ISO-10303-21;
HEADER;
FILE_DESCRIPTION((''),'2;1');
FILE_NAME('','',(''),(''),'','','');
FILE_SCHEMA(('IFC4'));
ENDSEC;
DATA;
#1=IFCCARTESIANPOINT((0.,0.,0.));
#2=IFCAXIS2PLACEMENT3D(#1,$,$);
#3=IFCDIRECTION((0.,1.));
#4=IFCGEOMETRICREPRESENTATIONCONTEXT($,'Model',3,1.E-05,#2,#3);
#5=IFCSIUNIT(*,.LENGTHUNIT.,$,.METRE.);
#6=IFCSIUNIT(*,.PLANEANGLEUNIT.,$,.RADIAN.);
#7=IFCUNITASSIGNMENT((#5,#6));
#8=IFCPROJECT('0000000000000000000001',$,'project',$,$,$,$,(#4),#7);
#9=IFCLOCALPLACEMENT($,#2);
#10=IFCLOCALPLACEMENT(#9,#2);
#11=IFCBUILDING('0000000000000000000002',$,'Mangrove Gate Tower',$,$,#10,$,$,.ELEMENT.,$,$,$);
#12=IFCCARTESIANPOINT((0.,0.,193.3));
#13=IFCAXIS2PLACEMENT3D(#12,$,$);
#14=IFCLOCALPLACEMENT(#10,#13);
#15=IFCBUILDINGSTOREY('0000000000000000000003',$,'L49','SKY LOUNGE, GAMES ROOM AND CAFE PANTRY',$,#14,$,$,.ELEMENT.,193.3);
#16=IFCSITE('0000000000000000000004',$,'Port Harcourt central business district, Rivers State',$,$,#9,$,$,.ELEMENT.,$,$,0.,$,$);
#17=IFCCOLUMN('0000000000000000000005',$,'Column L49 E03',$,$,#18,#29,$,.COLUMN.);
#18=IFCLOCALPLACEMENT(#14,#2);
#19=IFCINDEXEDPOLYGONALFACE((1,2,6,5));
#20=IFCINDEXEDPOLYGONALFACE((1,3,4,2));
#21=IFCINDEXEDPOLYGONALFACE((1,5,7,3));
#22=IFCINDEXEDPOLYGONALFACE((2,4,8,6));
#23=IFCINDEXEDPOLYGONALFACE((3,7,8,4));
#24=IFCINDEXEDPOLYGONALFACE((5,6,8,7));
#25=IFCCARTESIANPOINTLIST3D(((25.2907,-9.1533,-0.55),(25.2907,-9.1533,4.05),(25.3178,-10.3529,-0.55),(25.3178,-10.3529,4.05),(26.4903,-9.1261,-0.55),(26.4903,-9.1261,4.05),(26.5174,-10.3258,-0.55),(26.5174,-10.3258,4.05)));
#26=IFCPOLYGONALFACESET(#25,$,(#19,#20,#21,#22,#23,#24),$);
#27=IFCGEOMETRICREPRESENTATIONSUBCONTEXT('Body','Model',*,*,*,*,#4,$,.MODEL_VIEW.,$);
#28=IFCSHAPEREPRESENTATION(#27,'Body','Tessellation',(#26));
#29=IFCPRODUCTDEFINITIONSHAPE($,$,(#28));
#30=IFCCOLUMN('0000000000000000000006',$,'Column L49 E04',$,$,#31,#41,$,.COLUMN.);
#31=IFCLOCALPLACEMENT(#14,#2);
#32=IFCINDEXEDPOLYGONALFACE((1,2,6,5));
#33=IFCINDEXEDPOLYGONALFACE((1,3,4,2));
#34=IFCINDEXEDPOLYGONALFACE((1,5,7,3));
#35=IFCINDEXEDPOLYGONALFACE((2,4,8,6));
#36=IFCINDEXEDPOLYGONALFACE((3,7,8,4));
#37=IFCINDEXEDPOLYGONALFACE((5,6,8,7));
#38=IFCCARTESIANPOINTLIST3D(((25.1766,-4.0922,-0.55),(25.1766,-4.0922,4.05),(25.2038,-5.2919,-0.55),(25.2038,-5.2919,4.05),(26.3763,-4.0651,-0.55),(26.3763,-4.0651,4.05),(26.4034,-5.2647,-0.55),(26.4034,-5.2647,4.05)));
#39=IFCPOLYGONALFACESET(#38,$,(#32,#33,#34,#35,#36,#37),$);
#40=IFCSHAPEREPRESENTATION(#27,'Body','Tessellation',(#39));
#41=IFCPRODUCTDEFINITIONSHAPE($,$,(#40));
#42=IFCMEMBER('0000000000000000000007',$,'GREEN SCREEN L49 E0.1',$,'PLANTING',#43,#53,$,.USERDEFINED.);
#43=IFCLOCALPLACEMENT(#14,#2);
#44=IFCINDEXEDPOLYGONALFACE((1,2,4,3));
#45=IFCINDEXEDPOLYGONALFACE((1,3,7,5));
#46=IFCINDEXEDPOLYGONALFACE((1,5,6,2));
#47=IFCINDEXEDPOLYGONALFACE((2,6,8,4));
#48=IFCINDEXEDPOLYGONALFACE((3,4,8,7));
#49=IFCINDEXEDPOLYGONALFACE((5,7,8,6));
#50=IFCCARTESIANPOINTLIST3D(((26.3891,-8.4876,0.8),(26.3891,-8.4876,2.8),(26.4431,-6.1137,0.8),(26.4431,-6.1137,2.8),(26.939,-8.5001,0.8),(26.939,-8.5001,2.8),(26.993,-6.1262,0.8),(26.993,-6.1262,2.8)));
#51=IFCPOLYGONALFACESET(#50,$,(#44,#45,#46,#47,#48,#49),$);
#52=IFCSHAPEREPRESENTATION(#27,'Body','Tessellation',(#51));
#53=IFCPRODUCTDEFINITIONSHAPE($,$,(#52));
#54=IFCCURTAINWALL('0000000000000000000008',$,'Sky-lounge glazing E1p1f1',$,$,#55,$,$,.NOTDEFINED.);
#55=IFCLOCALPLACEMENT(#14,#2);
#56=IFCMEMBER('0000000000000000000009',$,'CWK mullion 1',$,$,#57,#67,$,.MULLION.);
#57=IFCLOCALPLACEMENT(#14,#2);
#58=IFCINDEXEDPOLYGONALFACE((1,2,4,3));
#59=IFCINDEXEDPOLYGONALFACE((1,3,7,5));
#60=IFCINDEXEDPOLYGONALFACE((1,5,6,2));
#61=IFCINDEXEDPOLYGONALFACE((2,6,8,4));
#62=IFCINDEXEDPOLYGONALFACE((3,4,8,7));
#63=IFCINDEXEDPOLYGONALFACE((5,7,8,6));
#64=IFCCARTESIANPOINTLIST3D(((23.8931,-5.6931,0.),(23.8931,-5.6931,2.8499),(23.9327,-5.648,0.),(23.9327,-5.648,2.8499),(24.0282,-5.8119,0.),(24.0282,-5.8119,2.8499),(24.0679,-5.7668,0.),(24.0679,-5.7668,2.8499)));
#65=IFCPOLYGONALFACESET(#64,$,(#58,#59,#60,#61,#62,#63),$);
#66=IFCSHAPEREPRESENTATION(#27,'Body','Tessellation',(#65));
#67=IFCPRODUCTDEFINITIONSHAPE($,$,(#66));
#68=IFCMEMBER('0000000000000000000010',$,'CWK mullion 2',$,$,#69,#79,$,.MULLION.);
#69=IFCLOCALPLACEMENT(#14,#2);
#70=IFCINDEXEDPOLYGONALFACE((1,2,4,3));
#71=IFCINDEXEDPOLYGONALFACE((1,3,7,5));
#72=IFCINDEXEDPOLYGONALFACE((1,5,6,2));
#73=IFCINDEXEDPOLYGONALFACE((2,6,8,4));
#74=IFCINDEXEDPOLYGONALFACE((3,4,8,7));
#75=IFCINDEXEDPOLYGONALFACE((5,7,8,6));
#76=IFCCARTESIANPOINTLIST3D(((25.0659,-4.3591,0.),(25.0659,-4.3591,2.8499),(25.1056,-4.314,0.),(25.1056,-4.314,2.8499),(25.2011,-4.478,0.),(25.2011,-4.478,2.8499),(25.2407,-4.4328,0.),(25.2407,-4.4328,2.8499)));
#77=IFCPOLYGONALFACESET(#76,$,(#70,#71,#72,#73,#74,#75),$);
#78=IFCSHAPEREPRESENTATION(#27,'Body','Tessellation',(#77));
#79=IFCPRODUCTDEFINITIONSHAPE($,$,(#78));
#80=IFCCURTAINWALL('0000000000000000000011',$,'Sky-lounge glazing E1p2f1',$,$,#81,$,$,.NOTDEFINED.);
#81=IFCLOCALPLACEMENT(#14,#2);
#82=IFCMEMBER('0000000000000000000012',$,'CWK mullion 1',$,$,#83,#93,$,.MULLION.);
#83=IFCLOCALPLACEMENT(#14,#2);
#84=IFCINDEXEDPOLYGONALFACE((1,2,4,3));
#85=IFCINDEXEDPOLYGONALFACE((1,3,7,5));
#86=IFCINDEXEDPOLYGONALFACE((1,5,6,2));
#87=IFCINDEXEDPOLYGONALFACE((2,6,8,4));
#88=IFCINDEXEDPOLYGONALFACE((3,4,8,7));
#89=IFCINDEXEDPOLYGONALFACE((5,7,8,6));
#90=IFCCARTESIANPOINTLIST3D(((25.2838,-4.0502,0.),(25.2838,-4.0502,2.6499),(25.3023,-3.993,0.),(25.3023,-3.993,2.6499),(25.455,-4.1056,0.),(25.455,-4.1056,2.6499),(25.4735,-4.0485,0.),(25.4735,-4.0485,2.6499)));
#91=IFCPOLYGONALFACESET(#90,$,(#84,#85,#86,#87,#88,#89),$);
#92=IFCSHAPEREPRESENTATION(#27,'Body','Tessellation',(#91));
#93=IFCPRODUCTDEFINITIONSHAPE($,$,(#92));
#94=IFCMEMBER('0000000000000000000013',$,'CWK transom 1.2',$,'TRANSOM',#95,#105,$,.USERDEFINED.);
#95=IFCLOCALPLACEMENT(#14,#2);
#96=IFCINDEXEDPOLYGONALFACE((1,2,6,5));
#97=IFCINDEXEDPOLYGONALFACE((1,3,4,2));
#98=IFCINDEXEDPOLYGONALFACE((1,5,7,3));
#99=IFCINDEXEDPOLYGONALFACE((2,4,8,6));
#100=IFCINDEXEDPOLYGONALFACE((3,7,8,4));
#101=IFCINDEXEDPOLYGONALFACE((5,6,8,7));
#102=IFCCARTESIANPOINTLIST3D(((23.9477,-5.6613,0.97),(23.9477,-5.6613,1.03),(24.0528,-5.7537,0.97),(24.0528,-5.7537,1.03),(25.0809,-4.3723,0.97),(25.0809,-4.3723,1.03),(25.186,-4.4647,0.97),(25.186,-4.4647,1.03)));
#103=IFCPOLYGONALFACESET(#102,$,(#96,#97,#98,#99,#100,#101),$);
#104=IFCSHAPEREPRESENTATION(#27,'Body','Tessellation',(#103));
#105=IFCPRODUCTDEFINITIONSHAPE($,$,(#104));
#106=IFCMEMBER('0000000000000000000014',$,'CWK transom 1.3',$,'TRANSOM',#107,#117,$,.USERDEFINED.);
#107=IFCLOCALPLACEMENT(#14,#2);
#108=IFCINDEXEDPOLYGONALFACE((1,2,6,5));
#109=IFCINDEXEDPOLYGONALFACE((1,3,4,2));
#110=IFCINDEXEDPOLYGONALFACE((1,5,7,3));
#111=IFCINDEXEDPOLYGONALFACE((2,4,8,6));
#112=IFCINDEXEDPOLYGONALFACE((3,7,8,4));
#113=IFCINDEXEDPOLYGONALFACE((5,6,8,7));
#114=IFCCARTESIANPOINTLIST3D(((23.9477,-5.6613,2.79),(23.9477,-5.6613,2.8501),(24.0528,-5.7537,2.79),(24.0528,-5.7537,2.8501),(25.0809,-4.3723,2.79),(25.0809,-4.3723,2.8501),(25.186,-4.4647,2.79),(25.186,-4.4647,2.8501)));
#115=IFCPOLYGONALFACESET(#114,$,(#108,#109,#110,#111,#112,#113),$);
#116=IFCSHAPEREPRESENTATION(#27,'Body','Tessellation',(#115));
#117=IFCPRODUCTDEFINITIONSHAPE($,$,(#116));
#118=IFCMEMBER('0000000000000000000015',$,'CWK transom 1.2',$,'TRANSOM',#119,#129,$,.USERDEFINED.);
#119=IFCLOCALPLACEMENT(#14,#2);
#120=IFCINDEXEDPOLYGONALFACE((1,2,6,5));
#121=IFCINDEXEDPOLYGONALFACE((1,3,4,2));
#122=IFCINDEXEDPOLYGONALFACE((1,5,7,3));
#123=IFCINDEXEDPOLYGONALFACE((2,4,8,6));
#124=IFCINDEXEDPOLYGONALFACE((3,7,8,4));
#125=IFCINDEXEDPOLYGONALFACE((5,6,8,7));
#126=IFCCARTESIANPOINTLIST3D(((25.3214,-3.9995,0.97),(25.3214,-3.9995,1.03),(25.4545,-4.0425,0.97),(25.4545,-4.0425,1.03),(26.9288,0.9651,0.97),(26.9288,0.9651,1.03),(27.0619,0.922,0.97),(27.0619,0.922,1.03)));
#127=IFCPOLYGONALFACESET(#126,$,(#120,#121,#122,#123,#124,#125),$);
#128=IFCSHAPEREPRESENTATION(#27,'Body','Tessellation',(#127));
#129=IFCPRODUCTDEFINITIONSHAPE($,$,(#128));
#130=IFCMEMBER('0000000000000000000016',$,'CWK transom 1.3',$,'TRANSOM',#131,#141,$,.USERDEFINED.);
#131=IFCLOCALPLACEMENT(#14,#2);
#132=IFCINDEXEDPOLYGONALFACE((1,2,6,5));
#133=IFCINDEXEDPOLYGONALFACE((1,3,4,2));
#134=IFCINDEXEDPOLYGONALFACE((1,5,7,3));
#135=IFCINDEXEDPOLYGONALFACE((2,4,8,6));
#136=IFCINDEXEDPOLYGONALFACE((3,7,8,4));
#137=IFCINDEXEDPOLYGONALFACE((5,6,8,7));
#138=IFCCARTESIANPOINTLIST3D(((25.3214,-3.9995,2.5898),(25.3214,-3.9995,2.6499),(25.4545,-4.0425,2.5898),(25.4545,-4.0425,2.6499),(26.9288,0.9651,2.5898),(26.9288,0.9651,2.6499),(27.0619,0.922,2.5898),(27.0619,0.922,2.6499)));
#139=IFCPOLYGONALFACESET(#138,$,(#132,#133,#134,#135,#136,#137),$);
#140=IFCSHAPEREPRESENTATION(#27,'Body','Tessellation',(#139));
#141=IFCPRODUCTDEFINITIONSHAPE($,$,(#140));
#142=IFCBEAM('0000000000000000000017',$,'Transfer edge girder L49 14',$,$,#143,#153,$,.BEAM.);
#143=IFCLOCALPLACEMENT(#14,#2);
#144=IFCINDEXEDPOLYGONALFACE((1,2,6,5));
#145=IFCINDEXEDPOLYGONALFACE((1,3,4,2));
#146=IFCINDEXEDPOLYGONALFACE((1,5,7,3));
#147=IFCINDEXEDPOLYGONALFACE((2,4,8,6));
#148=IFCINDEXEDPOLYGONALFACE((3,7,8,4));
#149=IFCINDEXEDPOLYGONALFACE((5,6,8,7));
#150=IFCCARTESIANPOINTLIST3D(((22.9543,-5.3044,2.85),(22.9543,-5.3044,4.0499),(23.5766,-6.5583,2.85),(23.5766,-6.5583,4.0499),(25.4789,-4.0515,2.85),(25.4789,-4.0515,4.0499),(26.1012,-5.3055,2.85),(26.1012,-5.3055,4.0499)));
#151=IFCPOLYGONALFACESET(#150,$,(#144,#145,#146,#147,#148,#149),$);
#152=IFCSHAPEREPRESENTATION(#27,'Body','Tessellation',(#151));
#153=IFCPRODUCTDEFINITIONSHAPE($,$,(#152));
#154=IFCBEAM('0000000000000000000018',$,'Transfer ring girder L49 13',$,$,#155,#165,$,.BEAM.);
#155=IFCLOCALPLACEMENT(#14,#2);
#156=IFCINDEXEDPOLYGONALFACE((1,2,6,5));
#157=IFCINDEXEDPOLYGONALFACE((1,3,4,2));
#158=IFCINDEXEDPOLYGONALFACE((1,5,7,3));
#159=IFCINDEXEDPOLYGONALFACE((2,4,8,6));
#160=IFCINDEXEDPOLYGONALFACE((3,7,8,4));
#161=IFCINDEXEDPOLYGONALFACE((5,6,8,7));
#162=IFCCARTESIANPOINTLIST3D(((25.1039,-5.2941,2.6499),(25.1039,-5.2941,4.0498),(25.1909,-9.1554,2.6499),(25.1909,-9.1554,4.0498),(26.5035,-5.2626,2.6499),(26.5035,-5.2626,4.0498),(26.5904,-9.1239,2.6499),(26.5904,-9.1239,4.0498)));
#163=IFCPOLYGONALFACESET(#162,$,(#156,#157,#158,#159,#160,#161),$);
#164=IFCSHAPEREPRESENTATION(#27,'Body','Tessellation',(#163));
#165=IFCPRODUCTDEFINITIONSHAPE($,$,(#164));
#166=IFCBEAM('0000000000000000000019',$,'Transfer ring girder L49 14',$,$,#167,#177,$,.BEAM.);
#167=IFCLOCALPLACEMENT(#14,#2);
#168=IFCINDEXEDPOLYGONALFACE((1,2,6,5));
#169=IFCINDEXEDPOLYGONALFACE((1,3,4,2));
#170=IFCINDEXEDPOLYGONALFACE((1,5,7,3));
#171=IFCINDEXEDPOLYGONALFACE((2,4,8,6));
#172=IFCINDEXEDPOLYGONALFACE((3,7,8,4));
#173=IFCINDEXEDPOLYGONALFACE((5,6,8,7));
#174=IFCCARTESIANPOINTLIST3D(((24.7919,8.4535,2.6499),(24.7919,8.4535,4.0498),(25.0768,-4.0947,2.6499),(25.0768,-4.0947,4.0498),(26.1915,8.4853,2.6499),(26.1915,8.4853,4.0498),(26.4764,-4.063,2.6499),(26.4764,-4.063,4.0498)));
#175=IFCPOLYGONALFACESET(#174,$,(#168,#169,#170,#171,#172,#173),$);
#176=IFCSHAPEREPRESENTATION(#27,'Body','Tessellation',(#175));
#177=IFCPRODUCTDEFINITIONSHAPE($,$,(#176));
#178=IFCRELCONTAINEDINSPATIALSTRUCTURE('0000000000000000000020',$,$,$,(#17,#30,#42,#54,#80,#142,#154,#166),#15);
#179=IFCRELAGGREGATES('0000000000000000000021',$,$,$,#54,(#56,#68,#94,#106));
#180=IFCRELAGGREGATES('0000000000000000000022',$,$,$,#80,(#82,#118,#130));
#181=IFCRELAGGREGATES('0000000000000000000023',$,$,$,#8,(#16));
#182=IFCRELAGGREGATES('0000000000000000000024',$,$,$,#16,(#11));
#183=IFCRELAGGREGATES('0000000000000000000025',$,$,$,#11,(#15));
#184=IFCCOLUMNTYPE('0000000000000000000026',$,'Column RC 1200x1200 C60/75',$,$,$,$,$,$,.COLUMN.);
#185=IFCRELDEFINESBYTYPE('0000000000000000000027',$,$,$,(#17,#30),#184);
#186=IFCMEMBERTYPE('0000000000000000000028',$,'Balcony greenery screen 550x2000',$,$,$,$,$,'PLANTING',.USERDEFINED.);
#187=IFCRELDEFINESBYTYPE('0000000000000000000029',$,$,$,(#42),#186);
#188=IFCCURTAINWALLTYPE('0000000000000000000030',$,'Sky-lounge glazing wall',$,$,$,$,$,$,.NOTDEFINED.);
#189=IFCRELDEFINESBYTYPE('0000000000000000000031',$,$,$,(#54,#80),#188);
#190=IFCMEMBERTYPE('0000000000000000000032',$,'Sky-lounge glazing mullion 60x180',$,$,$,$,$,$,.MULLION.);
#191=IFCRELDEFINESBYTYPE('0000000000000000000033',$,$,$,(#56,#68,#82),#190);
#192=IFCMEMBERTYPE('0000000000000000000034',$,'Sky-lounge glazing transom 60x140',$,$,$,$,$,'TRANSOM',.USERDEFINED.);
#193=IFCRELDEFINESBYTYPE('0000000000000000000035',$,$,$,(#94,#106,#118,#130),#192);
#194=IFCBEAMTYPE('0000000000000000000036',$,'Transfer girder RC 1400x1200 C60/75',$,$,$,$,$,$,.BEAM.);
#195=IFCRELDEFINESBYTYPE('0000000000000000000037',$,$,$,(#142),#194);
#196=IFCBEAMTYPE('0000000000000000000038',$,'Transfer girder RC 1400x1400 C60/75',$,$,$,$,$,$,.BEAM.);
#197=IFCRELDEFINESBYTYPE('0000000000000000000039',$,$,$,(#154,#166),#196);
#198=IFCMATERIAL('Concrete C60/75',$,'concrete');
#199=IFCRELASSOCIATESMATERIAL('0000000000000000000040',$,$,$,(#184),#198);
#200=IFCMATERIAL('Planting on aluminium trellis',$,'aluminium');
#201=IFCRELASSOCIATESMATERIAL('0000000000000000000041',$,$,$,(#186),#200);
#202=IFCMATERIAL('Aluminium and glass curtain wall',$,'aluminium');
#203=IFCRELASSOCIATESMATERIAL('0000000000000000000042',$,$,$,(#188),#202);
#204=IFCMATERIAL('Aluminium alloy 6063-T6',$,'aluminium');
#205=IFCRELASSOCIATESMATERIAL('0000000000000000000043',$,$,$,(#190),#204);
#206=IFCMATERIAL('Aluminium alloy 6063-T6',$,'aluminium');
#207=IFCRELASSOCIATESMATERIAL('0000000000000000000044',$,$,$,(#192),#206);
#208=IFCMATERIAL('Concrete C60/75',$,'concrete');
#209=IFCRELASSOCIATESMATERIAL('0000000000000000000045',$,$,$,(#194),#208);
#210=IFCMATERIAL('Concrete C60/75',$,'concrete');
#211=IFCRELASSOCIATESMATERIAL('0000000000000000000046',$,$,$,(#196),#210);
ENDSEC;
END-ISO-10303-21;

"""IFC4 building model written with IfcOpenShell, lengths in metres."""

from ifc_helpers import new_model, si_unit, direction, frame, origin, origin_2d, place, context, subcontext, project, spatial, rectangle, extrude, material, material_profile, profile_set, type_object, element, aggregate, save


model = new_model("IFC4")

# Units and contexts
model_context = context("Model", 3, precision=1e-05, world=origin(), true_north=direction((0.0, 1.0)))
body_context = subcontext(model_context, "Body", "Model", "MODEL_VIEW")
ifc_project = project(units=[si_unit("LENGTHUNIT", "METRE"), si_unit("PLANEANGLEUNIT", "RADIAN")], contexts=[model_context])

# Site, building, storey
site_placement = place(None, origin())
site = spatial("IfcSite", under=ifc_project, at=site_placement, Name="Port Harcourt central business district, Rivers State", CompositionType="ELEMENT", RefElevation=0.0)
building_placement = place(site_placement, origin())
building = spatial("IfcBuilding", under=site, at=building_placement, Name="Mangrove Gate Tower", CompositionType="ELEMENT")
storey_placement = place(building_placement, frame((0.0, 0.0, 193.3)))
storey = spatial("IfcBuildingStorey", under=building, at=storey_placement, Name="L49", Description="SKY LOUNGE, GAMES ROOM AND CAFE PANTRY", CompositionType="ELEMENT", Elevation=193.3)

# Columns
ifc_material_1 = material(Name="Concrete C60/75", Category="concrete")
ifc_material_profile_1 = material_profile(ifc_material_1, rectangle(XDim=1.2, YDim=1.2, at=origin_2d()))
ifc_profile_set_1 = profile_set([ifc_material_profile_1], Name="Concrete C60/75")
column_type = type_object("IfcColumnType", Name="Column RC 1200x1200 C60/75", PredefinedType="COLUMN", material=ifc_profile_set_1)
for number, where, z_axis, x_axis, name in (
    (1, (25.9041, -9.7395, -0.55), (0.0, 0.0, 1.0), (-0.022618, 0.999744, 0.0), "Column L49 E03"),
    (2, (25.79, -4.6785, -0.55), (0.0, 0.0, 1.0), (-0.022643, 0.999744, 0.0), "Column L49 E04"),
):
    element("IfcColumn", number, at=place(storey_placement, frame(where, z_axis=z_axis, x_axis=x_axis)), inside=storey, type_object=column_type, Name=name, PredefinedType="COLUMN", context=body_context, shape_type="SweptSolid", body=[
        extrude(rectangle(XDim=1.2, YDim=1.2, at=origin_2d()), origin(), (0.0, 0.0, 1.0), 4.6001),
    ])

# Member
ifc_material_2 = material(Name="Planting on aluminium trellis", Category="aluminium")
ifc_material_profile_2 = material_profile(ifc_material_2, rectangle(XDim=0.55, YDim=2.0, at=origin_2d()))
ifc_profile_set_2 = profile_set([ifc_material_profile_2], Name="Planting on aluminium trellis")
member_type_1 = type_object("IfcMemberType", Name="Balcony greenery screen 550x2000", ElementType="PLANTING", PredefinedType="USERDEFINED", material=ifc_profile_set_2)
member_1_placement = place(storey_placement, frame((26.6641, -8.4939, 1.8), z_axis=(0.022724, 0.999742, 0.0), x_axis=(-0.999742, 0.022724, 0.0)))
element("IfcMember", 3, at=member_1_placement, inside=storey, type_object=member_type_1, Name="GREEN SCREEN L49 E0.1", ObjectType="PLANTING", PredefinedType="USERDEFINED", context=body_context, shape_type="SweptSolid", body=[
    extrude(rectangle(XDim=0.55, YDim=2.0, at=origin_2d()), origin(), (0.0, 0.0, 1.0), 2.3745),
])

# Curtain wall, members
ifc_material_3 = material(Name="Aluminium and glass curtain wall", Category="aluminium")
curtain_wall_type = type_object("IfcCurtainWallType", Name="Sky-lounge glazing wall", PredefinedType="NOTDEFINED", material=ifc_material_3)
curtain_wall_1_placement = place(storey_placement, origin())
curtain_wall_1 = element("IfcCurtainWall", 4, at=curtain_wall_1_placement, inside=storey, type_object=curtain_wall_type, Name="Sky-lounge glazing E1p1f1", PredefinedType="NOTDEFINED")
ifc_material_4 = material(Name="Aluminium alloy 6063-T6", Category="aluminium")
ifc_material_profile_3 = material_profile(ifc_material_4, rectangle(XDim=0.0601, YDim=0.1799, at=origin_2d()))
ifc_profile_set_3 = profile_set([ifc_material_profile_3], Name="Aluminium alloy 6063-T6")
member_type_2 = type_object("IfcMemberType", Name="Sky-lounge glazing mullion 60x180", PredefinedType="MULLION", material=ifc_profile_set_3)
member_2_placement = place(storey_placement, frame((23.9805, -5.73, 0.0), z_axis=(0.0, 0.0, 1.0), x_axis=(0.660296, 0.751006, 0.0)))
member_2 = element("IfcMember", 5, at=member_2_placement, type_object=member_type_2, Name="CWK mullion 1", PredefinedType="MULLION", context=body_context, shape_type="SweptSolid", body=[
    extrude(rectangle(XDim=0.0601, YDim=0.1799, at=origin_2d()), origin(), (0.0, 0.0, 1.0), 2.8499),
])
member_3_placement = place(storey_placement, frame((25.1533, -4.396, 0.0), z_axis=(0.0, 0.0, 1.0), x_axis=(0.660296, 0.751006, 0.0)))
member_3 = element("IfcMember", 6, at=member_3_placement, type_object=member_type_2, Name="CWK mullion 2", PredefinedType="MULLION", context=body_context, shape_type="SweptSolid", body=[
    extrude(rectangle(XDim=0.0601, YDim=0.1799, at=origin_2d()), origin(), (0.0, 0.0, 1.0), 2.8499),
])

# Curtain wall, member
curtain_wall_2_placement = place(storey_placement, origin())
curtain_wall_2 = element("IfcCurtainWall", 7, at=curtain_wall_2_placement, inside=storey, type_object=curtain_wall_type, Name="Sky-lounge glazing E1p2f1", PredefinedType="NOTDEFINED")
member_4_placement = place(storey_placement, frame((25.3787, -4.0493, 0.0), z_axis=(0.0, 0.0, 1.0), x_axis=(0.308042, 0.951373, 0.0)))
member_4 = element("IfcMember", 8, at=member_4_placement, type_object=member_type_2, Name="CWK mullion 1", PredefinedType="MULLION", context=body_context, shape_type="SweptSolid", body=[
    extrude(rectangle(XDim=0.0601, YDim=0.1799, at=origin_2d()), origin(), (0.0, 0.0, 1.0), 2.6499),
])

# Members
ifc_material_5 = material(Name="Aluminium alloy 6063-T6", Category="aluminium")
ifc_material_profile_4 = material_profile(ifc_material_5, rectangle(XDim=0.0601, YDim=0.1399, at=origin_2d()))
ifc_profile_set_4 = profile_set([ifc_material_profile_4], Name="Aluminium alloy 6063-T6")
member_type_3 = type_object("IfcMemberType", Name="Sky-lounge glazing transom 60x140", ElementType="TRANSOM", PredefinedType="USERDEFINED", material=ifc_profile_set_4)
member_5_placement = place(storey_placement, frame((24.0002, -5.7075, 1.0), z_axis=(0.660275, 0.751024, 0.0), x_axis=(0.0, 0.0, 1.0)))
member_5 = element("IfcMember", 9, at=member_5_placement, type_object=member_type_3, Name="CWK transom 1.2", ObjectType="TRANSOM", PredefinedType="USERDEFINED", context=body_context, shape_type="SweptSolid", body=[
    extrude(rectangle(XDim=0.0601, YDim=0.1399, at=origin_2d()), origin(), (0.0, 0.0, 1.0), 1.7163),
])
member_6_placement = place(storey_placement, frame((24.0002, -5.7075, 2.8201), z_axis=(0.660275, 0.751024, 0.0), x_axis=(0.0, 0.0, 1.0)))
member_6 = element("IfcMember", 10, at=member_6_placement, type_object=member_type_3, Name="CWK transom 1.3", ObjectType="TRANSOM", PredefinedType="USERDEFINED", context=body_context, shape_type="SweptSolid", body=[
    extrude(rectangle(XDim=0.0601, YDim=0.1399, at=origin_2d()), origin(), (0.0, 0.0, 1.0), 1.7163),
])
member_7_placement = place(storey_placement, frame((25.3879, -4.021, 1.0), z_axis=(0.308033, 0.951376, 0.0), x_axis=(0.0, 0.0, 1.0)))
member_7 = element("IfcMember", 11, at=member_7_placement, type_object=member_type_3, Name="CWK transom 1.2", ObjectType="TRANSOM", PredefinedType="USERDEFINED", context=body_context, shape_type="SweptSolid", body=[
    extrude(rectangle(XDim=0.0601, YDim=0.1399, at=origin_2d()), origin(), (0.0, 0.0, 1.0), 5.2183),
])
member_8_placement = place(storey_placement, frame((25.3879, -4.021, 2.6199), z_axis=(0.308033, 0.951376, 0.0), x_axis=(0.0, 0.0, 1.0)))
member_8 = element("IfcMember", 12, at=member_8_placement, type_object=member_type_3, Name="CWK transom 1.3", ObjectType="TRANSOM", PredefinedType="USERDEFINED", context=body_context, shape_type="SweptSolid", body=[
    extrude(rectangle(XDim=0.0601, YDim=0.1399, at=origin_2d()), origin(), (0.0, 0.0, 1.0), 5.2183),
])

# Beams
ifc_material_6 = material(Name="Concrete C60/75", Category="concrete")
ifc_material_profile_5 = material_profile(ifc_material_6, rectangle(XDim=1.3999, YDim=1.2, at=origin_2d()))
ifc_profile_set_5 = profile_set([ifc_material_profile_5], Name="Concrete C60/75")
beam_type_1 = type_object("IfcBeamType", Name="Transfer girder RC 1400x1200 C60/75", PredefinedType="BEAM", material=ifc_profile_set_5)
beam_1_placement = place(storey_placement, frame((25.79, -4.6785, 3.45), z_axis=(-0.895757, -0.444544, 0.0), x_axis=(0.444544, -0.895757, 0.0)))
element("IfcBeam", 13, at=beam_1_placement, inside=storey, type_object=beam_type_1, Name="Transfer edge girder L49 14", PredefinedType="BEAM", context=body_context, shape_type="SweptSolid", body=[
    extrude(rectangle(XDim=1.3999, YDim=1.2, at=origin_2d()), origin(), (0.0, 0.0, 1.0), 2.8184),
])
ifc_material_7 = material(Name="Concrete C60/75", Category="concrete")
ifc_material_profile_6 = material_profile(ifc_material_7, rectangle(XDim=1.3999, YDim=1.3999, at=origin_2d()))
ifc_profile_set_6 = profile_set([ifc_material_profile_6], Name="Concrete C60/75")
beam_type_2 = type_object("IfcBeamType", Name="Transfer girder RC 1400x1400 C60/75", PredefinedType="BEAM", material=ifc_profile_set_6)
beam_2_placement = place(storey_placement, frame((25.8906, -9.1396, 3.3499), z_axis=(-0.022503, 0.999747, 0.0), x_axis=(-0.999747, -0.022503, 0.0)))
element("IfcBeam", 14, at=beam_2_placement, inside=storey, type_object=beam_type_2, Name="Transfer ring girder L49 13", PredefinedType="BEAM", context=body_context, shape_type="SweptSolid", body=[
    extrude(rectangle(XDim=1.3999, YDim=1.3999, at=origin_2d()), origin(), (0.0, 0.0, 1.0), 3.8623),
])
beam_3_placement = place(storey_placement, frame((25.7766, -4.0789, 3.3499), z_axis=(-0.022699, 0.999742, 0.0), x_axis=(-0.999742, -0.022699, 0.0)))
element("IfcBeam", 15, at=beam_3_placement, inside=storey, type_object=beam_type_2, Name="Transfer ring girder L49 14", PredefinedType="BEAM", context=body_context, shape_type="SweptSolid", body=[
    extrude(rectangle(XDim=1.3999, YDim=1.3999, at=origin_2d()), origin(), (0.0, 0.0, 1.0), 12.5515),
])

aggregate(curtain_wall_1, [member_2, member_3, member_5, member_6])
aggregate(curtain_wall_2, [member_4, member_7, member_8])

save(model, "model.ifc")
